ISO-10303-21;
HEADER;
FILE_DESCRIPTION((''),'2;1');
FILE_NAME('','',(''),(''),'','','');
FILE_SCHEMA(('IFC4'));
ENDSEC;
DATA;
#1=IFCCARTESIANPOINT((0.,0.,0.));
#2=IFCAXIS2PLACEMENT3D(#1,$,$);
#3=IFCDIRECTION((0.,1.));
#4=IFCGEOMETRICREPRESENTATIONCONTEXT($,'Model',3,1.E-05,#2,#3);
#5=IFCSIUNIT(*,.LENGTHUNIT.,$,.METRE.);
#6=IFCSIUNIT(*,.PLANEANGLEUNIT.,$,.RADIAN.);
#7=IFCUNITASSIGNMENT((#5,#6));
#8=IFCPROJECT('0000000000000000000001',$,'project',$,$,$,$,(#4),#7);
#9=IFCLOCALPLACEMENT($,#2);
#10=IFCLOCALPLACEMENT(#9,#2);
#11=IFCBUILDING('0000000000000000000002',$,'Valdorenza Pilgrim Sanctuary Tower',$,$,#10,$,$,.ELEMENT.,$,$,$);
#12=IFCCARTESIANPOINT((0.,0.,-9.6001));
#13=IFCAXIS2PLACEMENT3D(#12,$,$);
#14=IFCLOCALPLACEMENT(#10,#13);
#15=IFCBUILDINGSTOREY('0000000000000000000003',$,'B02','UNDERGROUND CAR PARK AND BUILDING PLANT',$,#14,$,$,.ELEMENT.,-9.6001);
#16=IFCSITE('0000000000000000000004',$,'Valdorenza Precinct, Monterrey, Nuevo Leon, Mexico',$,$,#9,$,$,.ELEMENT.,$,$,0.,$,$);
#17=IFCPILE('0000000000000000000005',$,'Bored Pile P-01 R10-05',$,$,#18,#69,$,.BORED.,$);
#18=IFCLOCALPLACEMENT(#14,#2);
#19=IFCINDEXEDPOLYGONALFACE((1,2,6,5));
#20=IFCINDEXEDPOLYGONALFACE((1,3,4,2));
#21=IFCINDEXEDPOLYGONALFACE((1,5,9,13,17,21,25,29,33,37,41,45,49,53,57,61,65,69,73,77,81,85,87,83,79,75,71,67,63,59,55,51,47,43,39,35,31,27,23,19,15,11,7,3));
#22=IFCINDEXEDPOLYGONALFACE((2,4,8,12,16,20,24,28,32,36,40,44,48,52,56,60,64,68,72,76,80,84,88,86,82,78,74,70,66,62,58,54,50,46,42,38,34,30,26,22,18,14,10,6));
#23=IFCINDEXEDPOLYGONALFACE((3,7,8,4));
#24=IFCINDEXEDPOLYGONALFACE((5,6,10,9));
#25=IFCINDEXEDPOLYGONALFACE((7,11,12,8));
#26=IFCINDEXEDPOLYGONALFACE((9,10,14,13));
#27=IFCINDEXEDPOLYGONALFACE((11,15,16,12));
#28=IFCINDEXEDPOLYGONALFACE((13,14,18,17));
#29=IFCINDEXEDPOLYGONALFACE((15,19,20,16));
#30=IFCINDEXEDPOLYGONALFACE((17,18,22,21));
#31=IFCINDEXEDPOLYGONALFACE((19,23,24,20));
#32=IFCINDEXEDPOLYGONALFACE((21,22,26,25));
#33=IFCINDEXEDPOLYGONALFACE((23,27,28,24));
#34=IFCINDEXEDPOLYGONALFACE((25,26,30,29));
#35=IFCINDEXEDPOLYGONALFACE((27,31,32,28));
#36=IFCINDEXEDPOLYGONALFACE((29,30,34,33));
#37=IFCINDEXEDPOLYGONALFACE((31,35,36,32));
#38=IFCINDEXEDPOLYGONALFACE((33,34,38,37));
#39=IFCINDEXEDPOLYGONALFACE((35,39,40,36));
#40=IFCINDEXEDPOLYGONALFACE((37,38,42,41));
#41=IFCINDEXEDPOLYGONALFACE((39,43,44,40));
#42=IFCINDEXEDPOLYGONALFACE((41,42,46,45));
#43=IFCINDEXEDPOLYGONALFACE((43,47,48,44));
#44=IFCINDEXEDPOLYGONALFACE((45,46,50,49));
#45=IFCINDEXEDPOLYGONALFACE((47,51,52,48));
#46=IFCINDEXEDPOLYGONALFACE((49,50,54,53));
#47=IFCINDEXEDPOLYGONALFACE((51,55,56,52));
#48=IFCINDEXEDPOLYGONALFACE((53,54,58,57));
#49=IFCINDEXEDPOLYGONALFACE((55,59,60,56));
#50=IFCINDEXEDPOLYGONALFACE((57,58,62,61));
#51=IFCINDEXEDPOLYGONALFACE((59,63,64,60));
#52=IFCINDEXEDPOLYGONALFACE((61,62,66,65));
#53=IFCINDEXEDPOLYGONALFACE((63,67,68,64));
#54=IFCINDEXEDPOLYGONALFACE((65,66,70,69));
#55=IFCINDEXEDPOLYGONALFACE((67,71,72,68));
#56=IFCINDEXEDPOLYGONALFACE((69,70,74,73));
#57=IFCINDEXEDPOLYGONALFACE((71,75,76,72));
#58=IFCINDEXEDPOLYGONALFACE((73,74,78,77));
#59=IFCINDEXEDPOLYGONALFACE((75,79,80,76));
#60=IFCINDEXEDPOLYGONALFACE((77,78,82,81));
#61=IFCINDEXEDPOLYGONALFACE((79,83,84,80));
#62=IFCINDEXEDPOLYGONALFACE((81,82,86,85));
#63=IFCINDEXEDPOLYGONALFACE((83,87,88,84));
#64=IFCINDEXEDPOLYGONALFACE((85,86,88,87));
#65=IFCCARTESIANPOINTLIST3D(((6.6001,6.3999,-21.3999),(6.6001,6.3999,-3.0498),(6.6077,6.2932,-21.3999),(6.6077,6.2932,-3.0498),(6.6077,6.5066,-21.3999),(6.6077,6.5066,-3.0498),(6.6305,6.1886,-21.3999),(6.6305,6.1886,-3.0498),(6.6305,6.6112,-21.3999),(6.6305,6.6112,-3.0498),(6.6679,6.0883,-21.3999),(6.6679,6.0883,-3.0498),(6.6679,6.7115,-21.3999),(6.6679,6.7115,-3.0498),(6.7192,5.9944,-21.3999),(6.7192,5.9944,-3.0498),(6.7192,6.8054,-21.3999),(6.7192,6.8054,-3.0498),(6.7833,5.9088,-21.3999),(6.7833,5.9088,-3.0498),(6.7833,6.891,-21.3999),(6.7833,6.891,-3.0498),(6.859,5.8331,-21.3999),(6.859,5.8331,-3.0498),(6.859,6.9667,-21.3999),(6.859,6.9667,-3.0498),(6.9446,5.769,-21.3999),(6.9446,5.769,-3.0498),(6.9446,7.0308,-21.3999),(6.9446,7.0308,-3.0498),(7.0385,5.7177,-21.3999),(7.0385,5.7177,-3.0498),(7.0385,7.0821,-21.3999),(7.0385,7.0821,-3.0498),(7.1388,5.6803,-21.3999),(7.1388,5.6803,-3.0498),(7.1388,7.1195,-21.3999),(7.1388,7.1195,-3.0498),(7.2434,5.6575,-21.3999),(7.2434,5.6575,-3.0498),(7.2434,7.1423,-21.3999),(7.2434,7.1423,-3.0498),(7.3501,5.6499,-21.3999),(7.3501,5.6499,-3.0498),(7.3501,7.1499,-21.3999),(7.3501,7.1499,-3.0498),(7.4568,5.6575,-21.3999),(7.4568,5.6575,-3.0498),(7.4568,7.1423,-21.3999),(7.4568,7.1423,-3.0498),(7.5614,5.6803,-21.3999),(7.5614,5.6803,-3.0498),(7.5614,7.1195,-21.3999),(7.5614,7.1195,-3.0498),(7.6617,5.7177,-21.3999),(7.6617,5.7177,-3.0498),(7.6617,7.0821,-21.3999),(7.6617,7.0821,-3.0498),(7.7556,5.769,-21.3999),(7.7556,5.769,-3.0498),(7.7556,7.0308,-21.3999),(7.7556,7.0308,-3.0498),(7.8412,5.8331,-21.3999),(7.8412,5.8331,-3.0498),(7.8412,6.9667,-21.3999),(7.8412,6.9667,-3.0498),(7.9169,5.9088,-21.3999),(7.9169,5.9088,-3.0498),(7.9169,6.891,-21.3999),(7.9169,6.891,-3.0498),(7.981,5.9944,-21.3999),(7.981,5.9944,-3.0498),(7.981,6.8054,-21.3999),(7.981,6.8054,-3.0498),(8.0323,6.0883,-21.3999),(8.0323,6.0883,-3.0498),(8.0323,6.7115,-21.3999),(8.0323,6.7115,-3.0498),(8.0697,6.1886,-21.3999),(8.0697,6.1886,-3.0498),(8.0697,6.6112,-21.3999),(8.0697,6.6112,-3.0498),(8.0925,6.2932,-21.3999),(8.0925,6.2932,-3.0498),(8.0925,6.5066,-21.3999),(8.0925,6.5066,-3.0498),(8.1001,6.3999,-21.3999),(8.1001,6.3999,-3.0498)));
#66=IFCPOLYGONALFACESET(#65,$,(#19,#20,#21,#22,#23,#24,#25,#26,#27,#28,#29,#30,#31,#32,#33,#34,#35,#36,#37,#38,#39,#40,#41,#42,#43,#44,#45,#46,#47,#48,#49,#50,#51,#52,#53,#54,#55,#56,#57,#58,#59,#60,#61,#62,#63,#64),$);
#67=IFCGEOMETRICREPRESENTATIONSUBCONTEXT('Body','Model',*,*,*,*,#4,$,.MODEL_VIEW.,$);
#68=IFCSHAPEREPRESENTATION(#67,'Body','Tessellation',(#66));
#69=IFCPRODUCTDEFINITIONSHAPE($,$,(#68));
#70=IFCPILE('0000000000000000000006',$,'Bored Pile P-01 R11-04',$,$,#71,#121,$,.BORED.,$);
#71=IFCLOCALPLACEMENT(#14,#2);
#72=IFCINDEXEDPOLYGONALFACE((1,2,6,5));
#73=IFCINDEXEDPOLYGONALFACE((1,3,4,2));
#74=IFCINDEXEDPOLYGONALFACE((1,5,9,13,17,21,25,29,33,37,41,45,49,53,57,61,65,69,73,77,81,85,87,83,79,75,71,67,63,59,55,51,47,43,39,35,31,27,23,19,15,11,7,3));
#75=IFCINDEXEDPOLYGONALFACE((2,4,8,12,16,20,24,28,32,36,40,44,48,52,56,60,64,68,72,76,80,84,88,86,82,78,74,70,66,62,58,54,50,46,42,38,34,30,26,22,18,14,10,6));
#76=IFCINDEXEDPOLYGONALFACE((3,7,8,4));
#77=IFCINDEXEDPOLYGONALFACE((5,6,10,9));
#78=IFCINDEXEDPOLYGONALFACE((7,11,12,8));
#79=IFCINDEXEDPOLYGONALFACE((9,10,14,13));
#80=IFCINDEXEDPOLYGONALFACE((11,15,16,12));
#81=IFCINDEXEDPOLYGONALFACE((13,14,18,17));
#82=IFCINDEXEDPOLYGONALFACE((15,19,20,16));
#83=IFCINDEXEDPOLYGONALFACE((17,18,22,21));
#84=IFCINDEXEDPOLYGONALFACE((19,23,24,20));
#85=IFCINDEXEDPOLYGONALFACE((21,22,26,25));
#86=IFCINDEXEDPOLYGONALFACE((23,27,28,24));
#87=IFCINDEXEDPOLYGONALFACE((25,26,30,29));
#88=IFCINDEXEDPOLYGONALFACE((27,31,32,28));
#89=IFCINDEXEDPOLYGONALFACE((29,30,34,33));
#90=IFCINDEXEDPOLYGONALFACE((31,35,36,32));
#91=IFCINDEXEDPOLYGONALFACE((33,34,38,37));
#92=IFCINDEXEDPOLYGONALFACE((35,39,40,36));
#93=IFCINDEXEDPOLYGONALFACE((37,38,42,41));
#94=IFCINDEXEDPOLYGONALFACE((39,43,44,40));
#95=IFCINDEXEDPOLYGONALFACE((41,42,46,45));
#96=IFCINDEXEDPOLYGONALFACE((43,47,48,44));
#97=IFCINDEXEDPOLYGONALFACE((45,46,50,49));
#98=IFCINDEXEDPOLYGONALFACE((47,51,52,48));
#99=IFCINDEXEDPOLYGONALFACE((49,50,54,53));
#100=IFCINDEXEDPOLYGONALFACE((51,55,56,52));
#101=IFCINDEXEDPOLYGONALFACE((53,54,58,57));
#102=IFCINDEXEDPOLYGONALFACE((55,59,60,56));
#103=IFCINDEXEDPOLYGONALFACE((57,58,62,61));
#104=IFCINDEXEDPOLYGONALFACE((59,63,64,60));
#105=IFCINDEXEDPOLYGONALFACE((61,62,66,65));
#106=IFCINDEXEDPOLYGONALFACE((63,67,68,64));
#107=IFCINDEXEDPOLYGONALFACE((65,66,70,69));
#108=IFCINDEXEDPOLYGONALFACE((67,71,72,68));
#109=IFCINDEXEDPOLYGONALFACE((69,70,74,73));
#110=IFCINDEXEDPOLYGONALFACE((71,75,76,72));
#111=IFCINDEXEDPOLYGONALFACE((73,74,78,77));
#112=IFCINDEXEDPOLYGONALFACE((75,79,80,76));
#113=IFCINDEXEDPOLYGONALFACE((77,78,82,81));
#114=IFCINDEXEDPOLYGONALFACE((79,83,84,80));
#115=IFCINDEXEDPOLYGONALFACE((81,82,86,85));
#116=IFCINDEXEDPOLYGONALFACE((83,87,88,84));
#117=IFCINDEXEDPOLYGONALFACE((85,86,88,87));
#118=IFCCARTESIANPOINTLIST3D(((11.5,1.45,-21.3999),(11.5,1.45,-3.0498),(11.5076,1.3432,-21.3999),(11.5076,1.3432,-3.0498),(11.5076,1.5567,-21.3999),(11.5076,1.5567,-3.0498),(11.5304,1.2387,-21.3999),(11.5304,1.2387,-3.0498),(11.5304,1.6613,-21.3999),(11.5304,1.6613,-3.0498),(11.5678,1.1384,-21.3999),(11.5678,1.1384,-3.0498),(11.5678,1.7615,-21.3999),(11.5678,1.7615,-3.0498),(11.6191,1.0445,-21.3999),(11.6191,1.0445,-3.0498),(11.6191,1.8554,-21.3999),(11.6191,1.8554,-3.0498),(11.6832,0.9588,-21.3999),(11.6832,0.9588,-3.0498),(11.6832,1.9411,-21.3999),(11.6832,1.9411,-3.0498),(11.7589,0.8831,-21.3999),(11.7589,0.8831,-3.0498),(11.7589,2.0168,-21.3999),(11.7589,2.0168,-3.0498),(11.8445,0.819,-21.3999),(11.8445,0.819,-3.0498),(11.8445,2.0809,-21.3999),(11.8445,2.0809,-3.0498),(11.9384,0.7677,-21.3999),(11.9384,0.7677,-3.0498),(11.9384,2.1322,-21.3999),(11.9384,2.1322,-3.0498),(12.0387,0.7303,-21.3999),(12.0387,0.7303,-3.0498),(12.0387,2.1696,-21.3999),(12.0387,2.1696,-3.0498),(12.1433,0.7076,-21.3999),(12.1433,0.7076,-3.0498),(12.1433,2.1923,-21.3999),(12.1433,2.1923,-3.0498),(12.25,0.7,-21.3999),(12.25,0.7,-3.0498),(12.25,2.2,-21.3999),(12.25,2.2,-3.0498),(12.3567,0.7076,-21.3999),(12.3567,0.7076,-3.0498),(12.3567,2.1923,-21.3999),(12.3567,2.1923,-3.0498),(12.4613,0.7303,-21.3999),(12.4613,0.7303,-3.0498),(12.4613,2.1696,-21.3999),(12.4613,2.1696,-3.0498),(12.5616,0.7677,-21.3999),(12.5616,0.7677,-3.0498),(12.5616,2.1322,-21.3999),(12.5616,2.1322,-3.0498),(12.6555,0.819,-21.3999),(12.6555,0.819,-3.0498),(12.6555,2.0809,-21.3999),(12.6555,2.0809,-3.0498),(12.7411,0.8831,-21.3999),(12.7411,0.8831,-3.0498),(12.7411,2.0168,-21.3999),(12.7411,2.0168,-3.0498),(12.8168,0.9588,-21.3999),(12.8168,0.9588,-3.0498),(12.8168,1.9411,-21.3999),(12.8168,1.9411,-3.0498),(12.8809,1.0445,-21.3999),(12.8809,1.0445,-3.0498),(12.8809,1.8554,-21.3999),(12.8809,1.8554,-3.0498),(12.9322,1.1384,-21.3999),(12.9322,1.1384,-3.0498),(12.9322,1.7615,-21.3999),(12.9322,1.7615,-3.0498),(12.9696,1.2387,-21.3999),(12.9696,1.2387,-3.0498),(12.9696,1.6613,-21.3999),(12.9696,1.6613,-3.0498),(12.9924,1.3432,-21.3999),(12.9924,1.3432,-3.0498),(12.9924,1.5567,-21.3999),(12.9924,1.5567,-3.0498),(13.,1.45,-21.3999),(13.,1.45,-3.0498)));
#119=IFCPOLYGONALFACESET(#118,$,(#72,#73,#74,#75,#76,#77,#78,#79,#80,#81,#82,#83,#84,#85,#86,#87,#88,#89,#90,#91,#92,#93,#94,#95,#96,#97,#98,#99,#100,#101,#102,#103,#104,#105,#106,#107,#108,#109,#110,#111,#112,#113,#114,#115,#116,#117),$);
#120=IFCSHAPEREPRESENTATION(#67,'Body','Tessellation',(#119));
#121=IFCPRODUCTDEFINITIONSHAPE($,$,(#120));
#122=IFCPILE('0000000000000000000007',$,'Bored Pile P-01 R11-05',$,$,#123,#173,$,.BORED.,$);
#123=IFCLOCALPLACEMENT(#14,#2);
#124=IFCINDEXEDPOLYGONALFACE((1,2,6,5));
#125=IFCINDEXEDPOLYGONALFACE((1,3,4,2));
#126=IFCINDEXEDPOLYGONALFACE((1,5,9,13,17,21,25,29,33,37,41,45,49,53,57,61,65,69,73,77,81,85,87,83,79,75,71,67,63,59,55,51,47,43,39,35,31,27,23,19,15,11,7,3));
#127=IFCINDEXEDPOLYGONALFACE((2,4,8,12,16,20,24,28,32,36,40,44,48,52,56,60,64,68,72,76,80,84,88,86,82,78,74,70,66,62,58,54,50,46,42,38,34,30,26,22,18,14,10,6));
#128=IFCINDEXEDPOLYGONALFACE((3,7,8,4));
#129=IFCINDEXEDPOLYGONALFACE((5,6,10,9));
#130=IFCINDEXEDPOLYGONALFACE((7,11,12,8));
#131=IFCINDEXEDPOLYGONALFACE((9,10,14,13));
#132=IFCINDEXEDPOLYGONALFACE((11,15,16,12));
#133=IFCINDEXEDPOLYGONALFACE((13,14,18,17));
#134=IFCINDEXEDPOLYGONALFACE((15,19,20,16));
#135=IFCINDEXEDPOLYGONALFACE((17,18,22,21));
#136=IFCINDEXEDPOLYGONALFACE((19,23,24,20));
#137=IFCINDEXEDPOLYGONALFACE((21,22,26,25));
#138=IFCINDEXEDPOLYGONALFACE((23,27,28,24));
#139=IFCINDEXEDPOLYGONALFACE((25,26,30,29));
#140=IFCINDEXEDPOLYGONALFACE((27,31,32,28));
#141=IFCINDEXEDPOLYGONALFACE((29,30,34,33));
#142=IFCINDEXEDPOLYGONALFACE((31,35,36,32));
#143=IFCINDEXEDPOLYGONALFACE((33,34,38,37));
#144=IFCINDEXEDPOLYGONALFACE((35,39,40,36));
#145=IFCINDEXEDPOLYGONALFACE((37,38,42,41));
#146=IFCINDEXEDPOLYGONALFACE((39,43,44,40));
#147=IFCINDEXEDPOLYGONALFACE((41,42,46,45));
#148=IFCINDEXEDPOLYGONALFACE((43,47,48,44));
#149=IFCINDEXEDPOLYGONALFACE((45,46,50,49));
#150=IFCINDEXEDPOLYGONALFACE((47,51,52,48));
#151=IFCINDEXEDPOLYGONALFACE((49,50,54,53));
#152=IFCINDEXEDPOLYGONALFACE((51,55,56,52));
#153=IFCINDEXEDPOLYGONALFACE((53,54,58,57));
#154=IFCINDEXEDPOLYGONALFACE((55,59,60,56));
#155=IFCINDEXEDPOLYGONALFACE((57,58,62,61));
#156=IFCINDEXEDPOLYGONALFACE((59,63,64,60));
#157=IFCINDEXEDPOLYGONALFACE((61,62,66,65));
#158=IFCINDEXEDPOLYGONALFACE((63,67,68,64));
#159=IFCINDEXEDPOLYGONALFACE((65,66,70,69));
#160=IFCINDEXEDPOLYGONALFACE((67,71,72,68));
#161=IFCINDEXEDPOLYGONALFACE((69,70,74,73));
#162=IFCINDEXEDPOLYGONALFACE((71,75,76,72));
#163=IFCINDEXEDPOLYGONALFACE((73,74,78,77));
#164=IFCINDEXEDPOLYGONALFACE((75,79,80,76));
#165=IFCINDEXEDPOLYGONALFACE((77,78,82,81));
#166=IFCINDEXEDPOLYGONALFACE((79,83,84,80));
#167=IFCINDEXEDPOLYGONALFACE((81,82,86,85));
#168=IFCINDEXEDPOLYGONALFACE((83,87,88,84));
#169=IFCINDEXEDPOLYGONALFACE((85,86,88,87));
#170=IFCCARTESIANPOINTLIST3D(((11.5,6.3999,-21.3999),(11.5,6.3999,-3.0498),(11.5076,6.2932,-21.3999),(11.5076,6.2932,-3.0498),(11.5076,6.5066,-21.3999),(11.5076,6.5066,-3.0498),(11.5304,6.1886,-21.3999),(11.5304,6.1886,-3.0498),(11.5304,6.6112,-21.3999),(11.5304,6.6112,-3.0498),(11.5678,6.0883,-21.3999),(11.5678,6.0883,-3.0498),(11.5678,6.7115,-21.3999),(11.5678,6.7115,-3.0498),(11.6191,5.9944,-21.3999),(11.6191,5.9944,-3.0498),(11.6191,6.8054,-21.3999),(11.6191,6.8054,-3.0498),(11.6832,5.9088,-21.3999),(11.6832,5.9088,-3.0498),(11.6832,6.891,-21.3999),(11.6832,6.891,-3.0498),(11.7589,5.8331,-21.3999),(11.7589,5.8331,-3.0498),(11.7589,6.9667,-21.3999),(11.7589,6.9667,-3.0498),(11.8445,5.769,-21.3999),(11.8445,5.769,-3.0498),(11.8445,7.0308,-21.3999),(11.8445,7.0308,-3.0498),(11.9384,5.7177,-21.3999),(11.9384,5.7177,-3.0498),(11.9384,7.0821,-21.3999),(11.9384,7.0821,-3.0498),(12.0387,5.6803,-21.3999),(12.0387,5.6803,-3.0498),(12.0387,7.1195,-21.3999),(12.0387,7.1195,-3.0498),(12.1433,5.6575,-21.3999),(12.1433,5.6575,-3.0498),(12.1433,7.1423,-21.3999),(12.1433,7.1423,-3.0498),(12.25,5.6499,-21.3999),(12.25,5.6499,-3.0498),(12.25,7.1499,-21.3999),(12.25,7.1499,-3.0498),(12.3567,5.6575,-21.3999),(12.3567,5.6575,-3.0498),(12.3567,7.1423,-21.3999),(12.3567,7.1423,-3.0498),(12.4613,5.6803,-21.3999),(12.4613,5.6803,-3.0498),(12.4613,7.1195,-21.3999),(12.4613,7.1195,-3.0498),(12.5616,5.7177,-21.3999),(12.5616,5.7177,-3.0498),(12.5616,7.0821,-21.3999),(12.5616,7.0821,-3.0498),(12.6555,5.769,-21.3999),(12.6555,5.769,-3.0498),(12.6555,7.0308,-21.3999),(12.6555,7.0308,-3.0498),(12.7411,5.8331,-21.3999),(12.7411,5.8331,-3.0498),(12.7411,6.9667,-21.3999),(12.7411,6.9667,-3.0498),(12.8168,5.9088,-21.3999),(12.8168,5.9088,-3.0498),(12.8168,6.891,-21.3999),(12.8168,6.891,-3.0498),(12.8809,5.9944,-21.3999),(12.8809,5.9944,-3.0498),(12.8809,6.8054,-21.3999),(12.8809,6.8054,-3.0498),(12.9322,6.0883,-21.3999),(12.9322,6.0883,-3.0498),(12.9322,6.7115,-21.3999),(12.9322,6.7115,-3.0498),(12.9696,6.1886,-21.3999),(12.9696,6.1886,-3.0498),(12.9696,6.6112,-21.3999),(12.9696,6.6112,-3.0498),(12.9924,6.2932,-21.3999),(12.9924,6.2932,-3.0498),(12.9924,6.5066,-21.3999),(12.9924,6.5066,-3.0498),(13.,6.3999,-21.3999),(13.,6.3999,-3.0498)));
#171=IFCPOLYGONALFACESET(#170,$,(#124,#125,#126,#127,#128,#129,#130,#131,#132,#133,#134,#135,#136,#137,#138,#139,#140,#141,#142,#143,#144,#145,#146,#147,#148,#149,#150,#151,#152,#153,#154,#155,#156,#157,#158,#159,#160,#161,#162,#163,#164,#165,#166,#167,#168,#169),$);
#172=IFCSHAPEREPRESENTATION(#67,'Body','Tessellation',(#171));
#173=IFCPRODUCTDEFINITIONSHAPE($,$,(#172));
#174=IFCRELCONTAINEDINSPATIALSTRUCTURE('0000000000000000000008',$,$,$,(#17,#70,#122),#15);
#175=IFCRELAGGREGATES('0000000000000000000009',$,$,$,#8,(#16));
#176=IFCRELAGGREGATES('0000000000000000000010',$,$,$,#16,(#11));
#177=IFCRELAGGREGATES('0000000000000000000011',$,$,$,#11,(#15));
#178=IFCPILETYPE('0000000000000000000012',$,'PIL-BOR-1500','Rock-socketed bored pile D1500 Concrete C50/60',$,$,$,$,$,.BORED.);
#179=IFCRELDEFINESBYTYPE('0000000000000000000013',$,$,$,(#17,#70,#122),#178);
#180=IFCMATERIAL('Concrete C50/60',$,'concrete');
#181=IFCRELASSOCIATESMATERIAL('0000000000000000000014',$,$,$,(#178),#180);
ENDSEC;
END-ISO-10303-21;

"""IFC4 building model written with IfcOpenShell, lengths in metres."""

from ifc_helpers import new_model, si_unit, direction, frame, origin, origin_2d, place, context, subcontext, project, spatial, circle, extrude, source, transform, mapped, material, material_profile, profile_set, type_object, element, save


model = new_model("IFC4")

# Units and contexts
model_context = context("Model", 3, precision=1e-05, world=origin(), true_north=direction((0.0, 1.0)))
body_context = subcontext(model_context, "Body", "Model", "MODEL_VIEW")
ifc_project = project(units=[si_unit("LENGTHUNIT", "METRE"), si_unit("PLANEANGLEUNIT", "RADIAN")], contexts=[model_context])

# Site, building, storey
site_placement = place(None, origin())
site = spatial("IfcSite", under=ifc_project, at=site_placement, Name="Valdorenza Precinct, Monterrey, Nuevo Leon, Mexico", CompositionType="ELEMENT", RefElevation=0.0)
building_placement = place(site_placement, origin())
building = spatial("IfcBuilding", under=site, at=building_placement, Name="Valdorenza Pilgrim Sanctuary Tower", CompositionType="ELEMENT")
storey_placement = place(building_placement, frame((0.0, 0.0, -9.6001)))
storey = spatial("IfcBuildingStorey", under=building, at=storey_placement, Name="B02", Description="UNDERGROUND CAR PARK AND BUILDING PLANT", CompositionType="ELEMENT", Elevation=-9.6001)

# Shared definitions
ifc_material_1 = material(Name="Concrete C50/60", Category="concrete")

# Piles
ifc_material_profile = material_profile(ifc_material_1, circle(Radius=0.75, at=origin_2d()), Name="BORED PILE 1500")
ifc_profile_set = profile_set([ifc_material_profile], Name="Concrete C50/60")
pile_type = type_object("IfcPileType", Name="PIL-BOR-1500", Description="Rock-socketed bored pile D1500 Concrete C50/60", PredefinedType="BORED", material=ifc_profile_set)
shared_shape = source(origin(), body_context, "Body", "SweptSolid", [
    extrude(circle(Radius=0.75, at=origin_2d()), origin(), (0.0, 0.0, 1.0), 18.3501),
])
for number, where, z_axis, x_axis, name in (
    (1, (7.3501, 6.3999, -3.0498), (0.0, 0.0, -1.0), (1.0, 0.0, 0.0), "Bored Pile P-01 R10-05"),
    (2, (12.25, 1.45, -3.0498), (0.0, 0.0, -1.0), (1.0, 0.0, 0.0), "Bored Pile P-01 R11-04"),
    (3, (12.25, 6.3999, -3.0498), (0.0, 0.0, -1.0), (1.0, 0.0, 0.0), "Bored Pile P-01 R11-05"),
):
    element("IfcPile", number, at=place(storey_placement, frame(where, z_axis=z_axis, x_axis=x_axis)), inside=storey, type_object=pile_type, Name=name, PredefinedType="BORED", context=body_context, shape_type="MappedRepresentation", body=[
        mapped(shared_shape, transform((0.0, 0.0, 0.0), x_axis=(1.0, 0.0, 0.0), y_axis=(0.0, 1.0, 0.0), z_axis=(0.0, 0.0, 1.0), scale=1.0)),
    ])

save(model, "model.ifc")
